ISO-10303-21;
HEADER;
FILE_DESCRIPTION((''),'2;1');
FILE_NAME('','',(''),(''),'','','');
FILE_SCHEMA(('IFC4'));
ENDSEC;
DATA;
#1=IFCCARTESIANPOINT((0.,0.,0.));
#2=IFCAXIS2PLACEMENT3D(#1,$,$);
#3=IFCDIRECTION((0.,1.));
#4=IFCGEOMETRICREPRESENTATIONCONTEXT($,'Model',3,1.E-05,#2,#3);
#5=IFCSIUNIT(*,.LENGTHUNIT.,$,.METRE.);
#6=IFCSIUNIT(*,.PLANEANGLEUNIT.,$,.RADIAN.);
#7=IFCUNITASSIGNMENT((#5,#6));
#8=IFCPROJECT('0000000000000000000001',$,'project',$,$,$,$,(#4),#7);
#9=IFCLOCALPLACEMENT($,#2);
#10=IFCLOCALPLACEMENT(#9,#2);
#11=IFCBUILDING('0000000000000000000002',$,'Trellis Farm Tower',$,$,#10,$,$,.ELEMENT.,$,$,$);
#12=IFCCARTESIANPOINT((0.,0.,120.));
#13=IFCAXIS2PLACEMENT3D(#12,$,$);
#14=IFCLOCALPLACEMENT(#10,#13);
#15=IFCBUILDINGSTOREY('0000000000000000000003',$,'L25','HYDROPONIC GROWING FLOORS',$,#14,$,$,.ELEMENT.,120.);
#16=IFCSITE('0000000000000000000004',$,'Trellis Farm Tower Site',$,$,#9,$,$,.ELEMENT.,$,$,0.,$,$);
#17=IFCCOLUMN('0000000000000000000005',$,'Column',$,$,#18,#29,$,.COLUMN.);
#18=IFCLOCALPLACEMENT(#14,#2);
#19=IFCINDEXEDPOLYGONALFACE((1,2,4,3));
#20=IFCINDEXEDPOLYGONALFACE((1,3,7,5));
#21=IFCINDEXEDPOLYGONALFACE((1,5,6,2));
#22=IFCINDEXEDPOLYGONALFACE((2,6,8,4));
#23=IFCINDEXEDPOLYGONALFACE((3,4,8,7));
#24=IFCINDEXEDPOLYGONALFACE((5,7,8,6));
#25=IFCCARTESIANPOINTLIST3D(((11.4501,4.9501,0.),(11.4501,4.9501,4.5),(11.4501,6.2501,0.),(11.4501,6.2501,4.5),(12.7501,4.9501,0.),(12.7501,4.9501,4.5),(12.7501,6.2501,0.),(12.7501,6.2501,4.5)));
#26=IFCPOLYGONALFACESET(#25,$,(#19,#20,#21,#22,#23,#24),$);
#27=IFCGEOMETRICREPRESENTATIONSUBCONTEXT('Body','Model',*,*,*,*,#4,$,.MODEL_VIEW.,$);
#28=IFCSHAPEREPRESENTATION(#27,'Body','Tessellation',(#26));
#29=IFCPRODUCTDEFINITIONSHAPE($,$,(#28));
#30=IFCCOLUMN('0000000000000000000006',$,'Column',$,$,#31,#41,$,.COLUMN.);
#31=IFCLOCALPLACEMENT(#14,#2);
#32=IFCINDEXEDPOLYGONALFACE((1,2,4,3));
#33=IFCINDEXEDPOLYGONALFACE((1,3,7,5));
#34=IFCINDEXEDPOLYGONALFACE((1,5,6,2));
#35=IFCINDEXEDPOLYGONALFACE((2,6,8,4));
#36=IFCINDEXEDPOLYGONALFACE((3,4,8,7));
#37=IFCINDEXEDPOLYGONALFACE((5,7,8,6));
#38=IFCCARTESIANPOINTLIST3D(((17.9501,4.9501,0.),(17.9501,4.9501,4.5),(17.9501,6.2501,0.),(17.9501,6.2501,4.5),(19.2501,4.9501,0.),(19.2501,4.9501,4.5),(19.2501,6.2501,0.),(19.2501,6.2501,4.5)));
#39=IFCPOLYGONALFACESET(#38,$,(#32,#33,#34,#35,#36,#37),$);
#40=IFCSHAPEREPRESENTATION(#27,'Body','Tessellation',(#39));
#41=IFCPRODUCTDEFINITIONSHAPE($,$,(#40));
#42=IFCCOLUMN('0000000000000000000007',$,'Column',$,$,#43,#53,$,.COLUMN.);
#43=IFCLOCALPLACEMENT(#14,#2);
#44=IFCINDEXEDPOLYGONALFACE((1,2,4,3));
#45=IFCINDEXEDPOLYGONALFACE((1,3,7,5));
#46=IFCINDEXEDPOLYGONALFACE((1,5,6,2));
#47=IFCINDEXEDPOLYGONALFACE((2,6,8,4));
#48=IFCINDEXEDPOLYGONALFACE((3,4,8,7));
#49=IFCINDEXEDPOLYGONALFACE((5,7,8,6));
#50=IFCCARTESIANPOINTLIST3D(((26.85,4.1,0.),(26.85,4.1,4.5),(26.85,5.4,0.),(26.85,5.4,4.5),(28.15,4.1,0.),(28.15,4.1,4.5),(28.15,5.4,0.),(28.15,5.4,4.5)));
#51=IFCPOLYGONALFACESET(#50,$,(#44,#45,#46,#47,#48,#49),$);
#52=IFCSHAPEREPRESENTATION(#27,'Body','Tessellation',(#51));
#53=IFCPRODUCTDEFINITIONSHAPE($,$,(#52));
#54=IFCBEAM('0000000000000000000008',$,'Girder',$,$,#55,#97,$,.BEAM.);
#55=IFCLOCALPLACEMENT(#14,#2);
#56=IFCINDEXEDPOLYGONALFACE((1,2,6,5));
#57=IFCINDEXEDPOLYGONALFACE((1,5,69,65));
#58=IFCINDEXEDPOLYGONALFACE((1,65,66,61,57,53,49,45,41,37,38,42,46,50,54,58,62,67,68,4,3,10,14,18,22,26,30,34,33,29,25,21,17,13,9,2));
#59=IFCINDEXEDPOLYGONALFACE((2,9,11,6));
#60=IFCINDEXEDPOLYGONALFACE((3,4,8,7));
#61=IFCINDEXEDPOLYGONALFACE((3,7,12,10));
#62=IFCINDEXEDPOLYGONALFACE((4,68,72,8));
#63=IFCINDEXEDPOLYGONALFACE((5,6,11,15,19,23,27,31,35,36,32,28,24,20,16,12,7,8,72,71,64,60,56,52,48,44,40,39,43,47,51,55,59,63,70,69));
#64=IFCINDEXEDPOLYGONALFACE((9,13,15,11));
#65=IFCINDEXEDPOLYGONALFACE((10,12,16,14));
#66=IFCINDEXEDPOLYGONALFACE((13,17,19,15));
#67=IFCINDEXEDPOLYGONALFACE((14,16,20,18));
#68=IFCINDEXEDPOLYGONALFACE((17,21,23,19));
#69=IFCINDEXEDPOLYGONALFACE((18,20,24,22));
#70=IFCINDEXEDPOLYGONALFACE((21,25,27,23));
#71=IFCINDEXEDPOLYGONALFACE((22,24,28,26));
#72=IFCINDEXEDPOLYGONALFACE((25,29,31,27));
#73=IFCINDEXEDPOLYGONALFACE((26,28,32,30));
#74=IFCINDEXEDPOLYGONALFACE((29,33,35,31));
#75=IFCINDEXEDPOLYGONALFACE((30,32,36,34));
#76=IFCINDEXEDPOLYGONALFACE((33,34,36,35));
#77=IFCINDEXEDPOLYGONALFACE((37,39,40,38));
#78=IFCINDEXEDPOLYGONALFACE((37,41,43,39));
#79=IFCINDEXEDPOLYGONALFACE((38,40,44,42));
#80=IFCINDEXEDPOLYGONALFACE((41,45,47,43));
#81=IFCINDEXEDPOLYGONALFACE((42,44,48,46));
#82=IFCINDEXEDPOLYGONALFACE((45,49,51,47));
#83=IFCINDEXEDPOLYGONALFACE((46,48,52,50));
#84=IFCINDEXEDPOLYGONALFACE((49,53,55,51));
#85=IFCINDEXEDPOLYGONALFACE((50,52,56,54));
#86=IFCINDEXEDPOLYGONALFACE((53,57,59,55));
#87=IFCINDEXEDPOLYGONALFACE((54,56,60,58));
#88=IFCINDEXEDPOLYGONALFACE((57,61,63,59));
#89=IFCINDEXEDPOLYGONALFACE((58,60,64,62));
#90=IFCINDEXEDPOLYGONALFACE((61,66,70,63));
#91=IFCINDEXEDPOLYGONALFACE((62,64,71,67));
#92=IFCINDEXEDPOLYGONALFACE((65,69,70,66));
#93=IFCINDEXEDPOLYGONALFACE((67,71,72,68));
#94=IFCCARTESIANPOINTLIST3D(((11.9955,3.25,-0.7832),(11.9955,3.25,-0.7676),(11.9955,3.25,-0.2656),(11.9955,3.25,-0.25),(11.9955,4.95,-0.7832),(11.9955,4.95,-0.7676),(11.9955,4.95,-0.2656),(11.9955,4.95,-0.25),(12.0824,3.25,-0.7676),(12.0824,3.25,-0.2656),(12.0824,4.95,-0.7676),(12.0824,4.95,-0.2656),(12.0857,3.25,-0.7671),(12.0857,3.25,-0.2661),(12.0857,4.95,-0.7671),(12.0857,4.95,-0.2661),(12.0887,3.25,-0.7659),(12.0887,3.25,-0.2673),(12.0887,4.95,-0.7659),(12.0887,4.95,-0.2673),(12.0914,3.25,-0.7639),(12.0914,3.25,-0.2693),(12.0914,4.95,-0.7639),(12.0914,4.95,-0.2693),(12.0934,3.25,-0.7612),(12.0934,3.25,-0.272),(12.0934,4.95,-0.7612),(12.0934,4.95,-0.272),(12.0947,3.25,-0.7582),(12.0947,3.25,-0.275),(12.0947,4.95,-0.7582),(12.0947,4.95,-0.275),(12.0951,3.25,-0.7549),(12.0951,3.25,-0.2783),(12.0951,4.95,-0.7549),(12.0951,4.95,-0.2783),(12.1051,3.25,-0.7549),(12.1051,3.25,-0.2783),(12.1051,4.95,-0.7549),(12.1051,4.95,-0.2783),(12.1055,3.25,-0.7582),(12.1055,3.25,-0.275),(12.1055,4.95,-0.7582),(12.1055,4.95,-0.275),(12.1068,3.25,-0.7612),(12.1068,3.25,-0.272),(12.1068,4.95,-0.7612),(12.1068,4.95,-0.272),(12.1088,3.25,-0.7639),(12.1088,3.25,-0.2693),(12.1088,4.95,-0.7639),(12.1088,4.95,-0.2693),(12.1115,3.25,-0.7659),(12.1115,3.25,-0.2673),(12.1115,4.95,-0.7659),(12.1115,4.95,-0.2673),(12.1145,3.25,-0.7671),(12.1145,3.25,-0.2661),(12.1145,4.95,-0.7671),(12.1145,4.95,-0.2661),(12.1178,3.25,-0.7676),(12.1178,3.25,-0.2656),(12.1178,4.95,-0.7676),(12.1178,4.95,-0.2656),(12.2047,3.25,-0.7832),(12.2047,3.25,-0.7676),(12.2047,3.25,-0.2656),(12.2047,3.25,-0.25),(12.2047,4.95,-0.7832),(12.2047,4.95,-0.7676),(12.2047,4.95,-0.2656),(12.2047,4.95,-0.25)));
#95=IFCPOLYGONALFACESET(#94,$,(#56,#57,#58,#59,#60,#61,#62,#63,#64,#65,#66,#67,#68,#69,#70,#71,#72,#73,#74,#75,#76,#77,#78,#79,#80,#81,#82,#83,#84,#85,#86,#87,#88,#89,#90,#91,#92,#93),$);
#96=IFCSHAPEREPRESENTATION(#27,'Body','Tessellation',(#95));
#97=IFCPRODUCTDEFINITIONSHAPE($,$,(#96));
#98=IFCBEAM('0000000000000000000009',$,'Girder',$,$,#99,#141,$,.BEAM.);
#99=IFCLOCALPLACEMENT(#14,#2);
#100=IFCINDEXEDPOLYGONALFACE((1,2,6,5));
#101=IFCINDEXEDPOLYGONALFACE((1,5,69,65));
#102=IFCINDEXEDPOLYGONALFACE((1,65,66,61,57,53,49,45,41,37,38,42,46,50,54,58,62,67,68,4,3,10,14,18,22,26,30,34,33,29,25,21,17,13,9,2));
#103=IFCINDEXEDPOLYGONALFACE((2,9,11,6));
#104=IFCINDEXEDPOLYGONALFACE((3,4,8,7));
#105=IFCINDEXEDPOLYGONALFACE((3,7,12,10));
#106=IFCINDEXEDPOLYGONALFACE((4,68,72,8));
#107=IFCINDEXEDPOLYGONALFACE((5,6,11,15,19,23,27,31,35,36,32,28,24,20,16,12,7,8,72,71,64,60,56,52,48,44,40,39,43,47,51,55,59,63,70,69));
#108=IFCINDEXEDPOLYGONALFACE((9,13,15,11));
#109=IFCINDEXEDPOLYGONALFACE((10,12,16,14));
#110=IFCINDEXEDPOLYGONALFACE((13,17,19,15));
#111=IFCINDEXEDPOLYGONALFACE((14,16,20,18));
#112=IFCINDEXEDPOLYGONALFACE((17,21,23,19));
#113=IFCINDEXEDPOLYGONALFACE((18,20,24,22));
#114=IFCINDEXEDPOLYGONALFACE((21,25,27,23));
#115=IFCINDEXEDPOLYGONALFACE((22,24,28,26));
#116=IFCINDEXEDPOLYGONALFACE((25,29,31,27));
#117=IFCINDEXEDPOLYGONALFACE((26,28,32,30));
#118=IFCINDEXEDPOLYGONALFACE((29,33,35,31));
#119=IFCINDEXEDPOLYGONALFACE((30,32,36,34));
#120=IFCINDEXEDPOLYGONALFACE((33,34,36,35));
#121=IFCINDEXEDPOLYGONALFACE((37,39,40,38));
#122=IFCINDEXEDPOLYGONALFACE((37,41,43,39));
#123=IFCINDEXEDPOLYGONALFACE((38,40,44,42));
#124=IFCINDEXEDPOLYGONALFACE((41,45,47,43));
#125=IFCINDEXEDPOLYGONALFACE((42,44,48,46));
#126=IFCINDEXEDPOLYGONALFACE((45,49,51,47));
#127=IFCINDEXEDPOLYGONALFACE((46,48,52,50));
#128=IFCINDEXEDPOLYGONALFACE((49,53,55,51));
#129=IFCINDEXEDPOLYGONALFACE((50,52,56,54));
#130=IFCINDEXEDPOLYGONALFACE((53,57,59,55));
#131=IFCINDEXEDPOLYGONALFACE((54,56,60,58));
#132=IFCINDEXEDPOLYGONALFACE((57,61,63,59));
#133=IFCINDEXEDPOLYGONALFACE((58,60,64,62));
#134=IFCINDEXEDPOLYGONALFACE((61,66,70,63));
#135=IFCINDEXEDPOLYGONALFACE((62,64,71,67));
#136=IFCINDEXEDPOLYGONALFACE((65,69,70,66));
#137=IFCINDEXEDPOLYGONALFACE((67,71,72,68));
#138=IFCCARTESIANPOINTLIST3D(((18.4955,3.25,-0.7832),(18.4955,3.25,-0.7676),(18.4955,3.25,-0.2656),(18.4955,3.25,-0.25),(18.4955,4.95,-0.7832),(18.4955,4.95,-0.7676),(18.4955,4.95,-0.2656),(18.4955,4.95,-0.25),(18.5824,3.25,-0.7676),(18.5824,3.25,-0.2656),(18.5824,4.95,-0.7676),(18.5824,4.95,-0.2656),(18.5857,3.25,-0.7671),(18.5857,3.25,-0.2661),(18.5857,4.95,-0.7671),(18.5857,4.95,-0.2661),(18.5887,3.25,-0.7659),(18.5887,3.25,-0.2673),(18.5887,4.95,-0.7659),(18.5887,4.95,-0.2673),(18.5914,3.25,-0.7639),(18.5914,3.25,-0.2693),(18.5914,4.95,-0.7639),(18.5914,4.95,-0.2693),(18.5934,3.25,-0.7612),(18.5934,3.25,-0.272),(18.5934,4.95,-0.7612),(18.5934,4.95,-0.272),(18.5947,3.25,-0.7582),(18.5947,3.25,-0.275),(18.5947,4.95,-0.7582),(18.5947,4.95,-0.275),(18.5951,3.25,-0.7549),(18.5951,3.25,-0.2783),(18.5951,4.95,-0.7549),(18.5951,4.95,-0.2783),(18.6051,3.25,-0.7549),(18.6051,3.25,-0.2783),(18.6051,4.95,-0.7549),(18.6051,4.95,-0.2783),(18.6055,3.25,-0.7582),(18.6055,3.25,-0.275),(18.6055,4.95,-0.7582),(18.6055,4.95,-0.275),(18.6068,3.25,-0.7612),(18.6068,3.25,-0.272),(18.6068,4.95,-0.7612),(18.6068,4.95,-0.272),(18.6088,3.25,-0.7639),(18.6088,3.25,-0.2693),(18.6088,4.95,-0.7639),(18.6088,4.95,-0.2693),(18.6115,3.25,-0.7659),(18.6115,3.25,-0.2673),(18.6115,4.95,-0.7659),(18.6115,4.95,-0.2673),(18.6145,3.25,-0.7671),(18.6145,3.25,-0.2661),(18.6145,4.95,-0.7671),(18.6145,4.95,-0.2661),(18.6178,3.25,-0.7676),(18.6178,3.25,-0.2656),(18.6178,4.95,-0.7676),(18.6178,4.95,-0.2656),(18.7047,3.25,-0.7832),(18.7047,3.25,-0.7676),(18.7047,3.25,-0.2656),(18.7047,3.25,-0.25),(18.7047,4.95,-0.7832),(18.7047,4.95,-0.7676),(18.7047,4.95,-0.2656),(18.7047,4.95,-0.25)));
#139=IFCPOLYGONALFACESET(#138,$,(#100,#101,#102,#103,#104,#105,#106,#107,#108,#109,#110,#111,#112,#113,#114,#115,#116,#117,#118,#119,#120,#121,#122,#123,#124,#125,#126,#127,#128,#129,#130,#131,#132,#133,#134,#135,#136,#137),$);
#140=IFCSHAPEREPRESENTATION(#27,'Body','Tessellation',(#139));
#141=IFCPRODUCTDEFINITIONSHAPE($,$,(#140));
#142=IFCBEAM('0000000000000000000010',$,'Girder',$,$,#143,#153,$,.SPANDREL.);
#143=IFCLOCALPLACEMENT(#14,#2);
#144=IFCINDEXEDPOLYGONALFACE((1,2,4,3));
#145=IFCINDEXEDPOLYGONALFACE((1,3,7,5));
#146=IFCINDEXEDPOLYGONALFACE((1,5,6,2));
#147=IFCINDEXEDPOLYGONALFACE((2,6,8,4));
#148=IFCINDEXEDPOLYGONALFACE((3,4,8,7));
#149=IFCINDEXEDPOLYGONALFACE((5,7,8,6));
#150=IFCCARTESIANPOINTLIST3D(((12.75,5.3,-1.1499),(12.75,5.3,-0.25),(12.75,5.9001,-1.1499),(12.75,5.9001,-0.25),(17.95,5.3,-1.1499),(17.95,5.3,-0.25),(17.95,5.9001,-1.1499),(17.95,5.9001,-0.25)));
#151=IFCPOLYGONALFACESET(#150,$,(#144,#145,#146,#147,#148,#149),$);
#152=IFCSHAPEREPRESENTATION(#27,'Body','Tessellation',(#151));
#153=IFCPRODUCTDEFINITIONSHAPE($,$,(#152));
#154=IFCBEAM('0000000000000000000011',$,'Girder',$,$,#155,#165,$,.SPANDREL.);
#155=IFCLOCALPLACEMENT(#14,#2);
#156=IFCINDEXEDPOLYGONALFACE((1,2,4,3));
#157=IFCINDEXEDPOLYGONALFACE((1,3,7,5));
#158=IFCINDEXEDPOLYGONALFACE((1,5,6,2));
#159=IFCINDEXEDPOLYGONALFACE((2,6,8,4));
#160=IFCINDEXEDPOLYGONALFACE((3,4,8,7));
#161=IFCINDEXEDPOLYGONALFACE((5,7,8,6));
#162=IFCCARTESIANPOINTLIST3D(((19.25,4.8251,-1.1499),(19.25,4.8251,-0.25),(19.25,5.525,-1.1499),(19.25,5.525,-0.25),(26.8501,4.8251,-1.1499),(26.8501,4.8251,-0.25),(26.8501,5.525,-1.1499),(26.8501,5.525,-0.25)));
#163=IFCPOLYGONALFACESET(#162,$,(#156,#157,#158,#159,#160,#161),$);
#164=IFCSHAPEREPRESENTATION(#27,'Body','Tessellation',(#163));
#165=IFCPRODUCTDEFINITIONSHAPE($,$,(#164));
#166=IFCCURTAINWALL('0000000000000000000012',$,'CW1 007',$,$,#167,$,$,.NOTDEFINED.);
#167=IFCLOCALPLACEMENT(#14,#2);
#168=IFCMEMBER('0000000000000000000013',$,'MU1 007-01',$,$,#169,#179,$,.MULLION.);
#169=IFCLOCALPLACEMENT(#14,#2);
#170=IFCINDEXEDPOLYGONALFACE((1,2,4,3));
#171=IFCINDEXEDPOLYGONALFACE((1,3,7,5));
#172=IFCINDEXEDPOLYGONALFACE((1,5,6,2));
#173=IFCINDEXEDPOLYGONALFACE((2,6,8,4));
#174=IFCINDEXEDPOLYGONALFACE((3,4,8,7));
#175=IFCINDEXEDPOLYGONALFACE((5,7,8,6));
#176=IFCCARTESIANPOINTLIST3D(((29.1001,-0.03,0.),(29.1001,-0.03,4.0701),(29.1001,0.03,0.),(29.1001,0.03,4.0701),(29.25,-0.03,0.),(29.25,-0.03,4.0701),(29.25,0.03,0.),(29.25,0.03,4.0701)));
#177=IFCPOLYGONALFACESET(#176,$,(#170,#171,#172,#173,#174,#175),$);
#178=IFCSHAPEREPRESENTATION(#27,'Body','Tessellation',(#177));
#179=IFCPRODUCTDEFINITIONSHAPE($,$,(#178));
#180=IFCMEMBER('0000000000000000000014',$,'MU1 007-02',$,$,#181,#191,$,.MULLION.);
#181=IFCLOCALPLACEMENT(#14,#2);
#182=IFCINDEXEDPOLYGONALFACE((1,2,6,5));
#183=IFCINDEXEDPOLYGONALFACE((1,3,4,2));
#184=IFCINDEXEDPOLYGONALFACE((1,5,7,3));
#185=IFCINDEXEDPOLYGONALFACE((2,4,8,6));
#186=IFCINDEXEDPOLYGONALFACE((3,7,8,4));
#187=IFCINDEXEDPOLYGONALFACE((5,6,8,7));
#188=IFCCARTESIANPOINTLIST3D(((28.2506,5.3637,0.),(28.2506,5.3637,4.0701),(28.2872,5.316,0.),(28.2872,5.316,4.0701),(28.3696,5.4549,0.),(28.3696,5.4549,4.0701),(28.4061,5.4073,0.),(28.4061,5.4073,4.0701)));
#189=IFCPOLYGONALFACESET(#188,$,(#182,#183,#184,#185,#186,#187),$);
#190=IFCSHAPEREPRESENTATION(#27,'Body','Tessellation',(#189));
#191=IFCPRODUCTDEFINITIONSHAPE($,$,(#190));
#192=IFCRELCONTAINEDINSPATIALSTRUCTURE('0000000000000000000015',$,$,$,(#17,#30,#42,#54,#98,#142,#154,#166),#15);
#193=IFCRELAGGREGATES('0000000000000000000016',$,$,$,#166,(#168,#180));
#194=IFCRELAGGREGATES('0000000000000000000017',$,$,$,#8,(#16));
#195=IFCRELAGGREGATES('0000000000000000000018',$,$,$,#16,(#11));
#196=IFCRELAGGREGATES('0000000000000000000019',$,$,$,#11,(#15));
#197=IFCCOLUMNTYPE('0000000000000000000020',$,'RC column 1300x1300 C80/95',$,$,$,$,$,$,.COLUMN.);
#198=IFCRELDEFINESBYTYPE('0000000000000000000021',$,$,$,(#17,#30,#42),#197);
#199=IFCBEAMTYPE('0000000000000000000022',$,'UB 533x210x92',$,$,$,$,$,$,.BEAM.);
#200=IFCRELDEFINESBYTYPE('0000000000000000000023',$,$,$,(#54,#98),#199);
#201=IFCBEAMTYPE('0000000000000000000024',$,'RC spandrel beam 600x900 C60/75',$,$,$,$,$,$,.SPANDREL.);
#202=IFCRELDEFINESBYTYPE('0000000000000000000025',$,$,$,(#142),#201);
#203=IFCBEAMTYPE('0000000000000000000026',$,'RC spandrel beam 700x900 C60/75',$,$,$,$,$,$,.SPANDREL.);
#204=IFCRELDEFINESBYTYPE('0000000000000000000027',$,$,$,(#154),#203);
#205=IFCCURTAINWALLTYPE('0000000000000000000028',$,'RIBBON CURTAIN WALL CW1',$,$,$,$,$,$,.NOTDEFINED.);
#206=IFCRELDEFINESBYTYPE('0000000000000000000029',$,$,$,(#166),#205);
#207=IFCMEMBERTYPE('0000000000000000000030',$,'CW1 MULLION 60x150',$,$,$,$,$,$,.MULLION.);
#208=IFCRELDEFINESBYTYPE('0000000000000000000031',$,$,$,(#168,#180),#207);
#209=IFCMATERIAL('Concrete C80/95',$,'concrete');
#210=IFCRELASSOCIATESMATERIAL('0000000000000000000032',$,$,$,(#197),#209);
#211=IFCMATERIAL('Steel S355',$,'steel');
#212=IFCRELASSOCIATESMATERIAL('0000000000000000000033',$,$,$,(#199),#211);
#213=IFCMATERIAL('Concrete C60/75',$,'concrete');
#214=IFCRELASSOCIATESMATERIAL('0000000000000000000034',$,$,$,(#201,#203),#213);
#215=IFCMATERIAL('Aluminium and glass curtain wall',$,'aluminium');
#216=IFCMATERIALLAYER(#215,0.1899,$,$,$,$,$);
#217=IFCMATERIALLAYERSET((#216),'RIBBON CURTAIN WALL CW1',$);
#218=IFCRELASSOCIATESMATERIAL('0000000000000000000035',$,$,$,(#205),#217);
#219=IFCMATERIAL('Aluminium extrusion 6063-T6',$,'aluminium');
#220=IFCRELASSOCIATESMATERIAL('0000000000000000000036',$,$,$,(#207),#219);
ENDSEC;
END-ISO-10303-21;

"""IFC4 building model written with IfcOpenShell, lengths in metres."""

from ifc_helpers import new_model, si_unit, direction, frame, origin, origin_2d, place, context, subcontext, project, spatial, rectangle, i_section, extrude, source, transform, mapped, material, layer, layer_set, material_profile, profile_set, type_object, element, aggregate, save


model = new_model("IFC4")

# Units and contexts
model_context = context("Model", 3, precision=1e-05, world=origin(), true_north=direction((0.0, 1.0)))
body_context = subcontext(model_context, "Body", "Model", "MODEL_VIEW")
ifc_project = project(units=[si_unit("LENGTHUNIT", "METRE"), si_unit("PLANEANGLEUNIT", "RADIAN")], contexts=[model_context])

# Site, building, storey
site_placement = place(None, origin())
site = spatial("IfcSite", under=ifc_project, at=site_placement, Name="Trellis Farm Tower Site", CompositionType="ELEMENT", RefElevation=0.0)
building_placement = place(site_placement, origin())
building = spatial("IfcBuilding", under=site, at=building_placement, Name="Trellis Farm Tower", CompositionType="ELEMENT")
storey_placement = place(building_placement, frame((0.0, 0.0, 120.0)))
storey = spatial("IfcBuildingStorey", under=building, at=storey_placement, Name="L25", Description="HYDROPONIC GROWING FLOORS", CompositionType="ELEMENT", Elevation=120.0)

# Columns
ifc_material_1 = material(Name="Concrete C80/95", Category="concrete")
ifc_material_profile_1 = material_profile(ifc_material_1, rectangle(XDim=1.3, YDim=1.3, at=origin_2d()), Name="RC column 1300x1300 C80/95")
ifc_profile_set_1 = profile_set([ifc_material_profile_1], Name="Concrete C80/95")
column_type = type_object("IfcColumnType", Name="RC column 1300x1300 C80/95", PredefinedType="COLUMN", material=ifc_profile_set_1)
shared_shape_1 = source(origin(), body_context, "Body", "SweptSolid", [
    extrude(rectangle(XDim=1.3, YDim=1.3, at=origin_2d()), origin(), (0.0, 0.0, 1.0), 4.5),
])
for number, where, z_axis, x_axis, name in (
    (1, (12.1001, 5.6001, 0.0), (0.0, 0.0, 1.0), (1.0, 0.0, 0.0), "Column"),
    (2, (18.6001, 5.6001, 0.0), (0.0, 0.0, 1.0), (1.0, 0.0, 0.0), "Column"),
    (3, (27.5, 4.75, 0.0), (0.0, 0.0, 1.0), (1.0, 0.0, 0.0), "Column"),
):
    element("IfcColumn", number, at=place(storey_placement, frame(where, z_axis=z_axis, x_axis=x_axis)), inside=storey, type_object=column_type, Name=name, PredefinedType="COLUMN", context=body_context, shape_type="MappedRepresentation", body=[
        mapped(shared_shape_1, transform((0.0, 0.0, 0.0))),
    ])

# Beams
ifc_material_2 = material(Name="Steel S355", Category="steel")
ifc_material_profile_2 = material_profile(ifc_material_2, i_section(OverallWidth=0.2092, OverallDepth=0.5332, WebThickness=0.01, FlangeThickness=0.0156, FilletRadius=0.0127, at=origin_2d()), Name="UB 533x210x92")
ifc_profile_set_2 = profile_set([ifc_material_profile_2], Name="Steel S355")
beam_type_1 = type_object("IfcBeamType", Name="UB 533x210x92", PredefinedType="BEAM", material=ifc_profile_set_2)
shared_shape_2 = source(origin(), body_context, "Body", "SweptSolid", [
    extrude(i_section(OverallWidth=0.2092, OverallDepth=0.5332, WebThickness=0.01, FlangeThickness=0.0156, FilletRadius=0.0127, at=origin_2d()), origin(), (0.0, 0.0, 1.0), 1.7),
])
for number, where, z_axis, x_axis, name in (
    (4, (12.1001, 3.25, -0.5166), (0.0, 1.0, 0.0), (-1.0, 0.0, 0.0), "Girder"),
    (5, (18.6001, 3.25, -0.5166), (0.0, 1.0, 0.0), (-1.0, 0.0, 0.0), "Girder"),
):
    element("IfcBeam", number, at=place(storey_placement, frame(where, z_axis=z_axis, x_axis=x_axis)), inside=storey, type_object=beam_type_1, Name=name, PredefinedType="BEAM", context=body_context, shape_type="MappedRepresentation", body=[
        mapped(shared_shape_2, transform((0.0, 0.0, 0.0))),
    ])
ifc_material_3 = material(Name="Concrete C60/75", Category="concrete")
ifc_material_profile_3 = material_profile(ifc_material_3, rectangle(XDim=0.6001, YDim=0.8999, at=origin_2d()), Name="RC spandrel beam 600x900 C60/75")
ifc_profile_set_3 = profile_set([ifc_material_profile_3], Name="Concrete C60/75")
beam_type_2 = type_object("IfcBeamType", Name="RC spandrel beam 600x900 C60/75", PredefinedType="SPANDREL", material=ifc_profile_set_3)
shared_shape_3 = source(origin(), body_context, "Body", "SweptSolid", [
    extrude(rectangle(XDim=0.6001, YDim=0.8999, at=origin_2d()), origin(), (0.0, 0.0, 1.0), 5.2),
])
beam_1_placement = place(storey_placement, frame((12.75, 5.6001, -0.7), z_axis=(1.0, 0.0, 0.0), x_axis=(0.0, 1.0, 0.0)))
element("IfcBeam", 6, at=beam_1_placement, inside=storey, type_object=beam_type_2, Name="Girder", PredefinedType="SPANDREL", context=body_context, shape_type="MappedRepresentation", body=[
    mapped(shared_shape_3, transform((0.0, 0.0, 0.0))),
])
ifc_material_profile_4 = material_profile(ifc_material_3, rectangle(XDim=0.7, YDim=0.8999, at=origin_2d()), Name="RC spandrel beam 700x900 C60/75")
ifc_profile_set_4 = profile_set([ifc_material_profile_4], Name="Concrete C60/75")
beam_type_3 = type_object("IfcBeamType", Name="RC spandrel beam 700x900 C60/75", PredefinedType="SPANDREL", material=ifc_profile_set_4)
shared_shape_4 = source(origin(), body_context, "Body", "SweptSolid", [
    extrude(rectangle(XDim=0.7, YDim=0.8999, at=origin_2d()), origin(), (0.0, 0.0, 1.0), 7.6001),
])
beam_2_placement = place(storey_placement, frame((19.25, 5.175, -0.7), z_axis=(1.0, 0.0, 0.0), x_axis=(0.0, 1.0, 0.0)))
element("IfcBeam", 7, at=beam_2_placement, inside=storey, type_object=beam_type_3, Name="Girder", PredefinedType="SPANDREL", context=body_context, shape_type="MappedRepresentation", body=[
    mapped(shared_shape_4, transform((0.0, 0.0, 0.0))),
])

# Curtain wall, members
ifc_material_4 = material(Name="Aluminium and glass curtain wall", Category="aluminium")
ifc_layer_1 = layer(ifc_material_4, 0.1899)
ifc_layer_set_1 = layer_set([ifc_layer_1], Name="RIBBON CURTAIN WALL CW1")
curtain_wall_type = type_object("IfcCurtainWallType", Name="RIBBON CURTAIN WALL CW1", PredefinedType="NOTDEFINED", material=ifc_layer_set_1)
placement = place(storey_placement, origin())
curtain_wall_1 = element("IfcCurtainWall", 8, at=placement, inside=storey, type_object=curtain_wall_type, Name="CW1 007", PredefinedType="NOTDEFINED")
ifc_material_5 = material(Name="Aluminium extrusion 6063-T6", Category="aluminium")
ifc_material_profile_5 = material_profile(ifc_material_5, rectangle(XDim=0.0601, YDim=0.1499, at=origin_2d()), Name="MULLION 60x150")
ifc_profile_set_5 = profile_set([ifc_material_profile_5], Name="Aluminium extrusion 6063-T6")
member_type = type_object("IfcMemberType", Name="CW1 MULLION 60x150", PredefinedType="MULLION", material=ifc_profile_set_5)
shared_shape_5 = source(origin(), body_context, "Body", "SweptSolid", [
    extrude(rectangle(XDim=0.0601, YDim=0.1499, at=origin_2d()), origin(), (0.0, 0.0, 1.0), 4.0701),
])
member_1_placement = place(storey_placement, frame((29.175, 0.0, 0.0), z_axis=(0.0, 0.0, 1.0), x_axis=(0.0, 1.0, 0.0)))
member_1 = element("IfcMember", 9, at=member_1_placement, type_object=member_type, Name="MU1 007-01", PredefinedType="MULLION", context=body_context, shape_type="MappedRepresentation", body=[
    mapped(shared_shape_5, transform((0.0, 0.0, 0.0))),
])
member_2_placement = place(storey_placement, frame((28.3284, 5.3855, 0.0), z_axis=(0.0, 0.0, 1.0), x_axis=(-0.608761, 0.793353, 0.0)))
member_2 = element("IfcMember", 10, at=member_2_placement, type_object=member_type, Name="MU1 007-02", PredefinedType="MULLION", context=body_context, shape_type="MappedRepresentation", body=[
    mapped(shared_shape_5, transform((0.0, 0.0, 0.0))),
])
aggregate(curtain_wall_1, [member_1, member_2])

save(model, "model.ifc")
